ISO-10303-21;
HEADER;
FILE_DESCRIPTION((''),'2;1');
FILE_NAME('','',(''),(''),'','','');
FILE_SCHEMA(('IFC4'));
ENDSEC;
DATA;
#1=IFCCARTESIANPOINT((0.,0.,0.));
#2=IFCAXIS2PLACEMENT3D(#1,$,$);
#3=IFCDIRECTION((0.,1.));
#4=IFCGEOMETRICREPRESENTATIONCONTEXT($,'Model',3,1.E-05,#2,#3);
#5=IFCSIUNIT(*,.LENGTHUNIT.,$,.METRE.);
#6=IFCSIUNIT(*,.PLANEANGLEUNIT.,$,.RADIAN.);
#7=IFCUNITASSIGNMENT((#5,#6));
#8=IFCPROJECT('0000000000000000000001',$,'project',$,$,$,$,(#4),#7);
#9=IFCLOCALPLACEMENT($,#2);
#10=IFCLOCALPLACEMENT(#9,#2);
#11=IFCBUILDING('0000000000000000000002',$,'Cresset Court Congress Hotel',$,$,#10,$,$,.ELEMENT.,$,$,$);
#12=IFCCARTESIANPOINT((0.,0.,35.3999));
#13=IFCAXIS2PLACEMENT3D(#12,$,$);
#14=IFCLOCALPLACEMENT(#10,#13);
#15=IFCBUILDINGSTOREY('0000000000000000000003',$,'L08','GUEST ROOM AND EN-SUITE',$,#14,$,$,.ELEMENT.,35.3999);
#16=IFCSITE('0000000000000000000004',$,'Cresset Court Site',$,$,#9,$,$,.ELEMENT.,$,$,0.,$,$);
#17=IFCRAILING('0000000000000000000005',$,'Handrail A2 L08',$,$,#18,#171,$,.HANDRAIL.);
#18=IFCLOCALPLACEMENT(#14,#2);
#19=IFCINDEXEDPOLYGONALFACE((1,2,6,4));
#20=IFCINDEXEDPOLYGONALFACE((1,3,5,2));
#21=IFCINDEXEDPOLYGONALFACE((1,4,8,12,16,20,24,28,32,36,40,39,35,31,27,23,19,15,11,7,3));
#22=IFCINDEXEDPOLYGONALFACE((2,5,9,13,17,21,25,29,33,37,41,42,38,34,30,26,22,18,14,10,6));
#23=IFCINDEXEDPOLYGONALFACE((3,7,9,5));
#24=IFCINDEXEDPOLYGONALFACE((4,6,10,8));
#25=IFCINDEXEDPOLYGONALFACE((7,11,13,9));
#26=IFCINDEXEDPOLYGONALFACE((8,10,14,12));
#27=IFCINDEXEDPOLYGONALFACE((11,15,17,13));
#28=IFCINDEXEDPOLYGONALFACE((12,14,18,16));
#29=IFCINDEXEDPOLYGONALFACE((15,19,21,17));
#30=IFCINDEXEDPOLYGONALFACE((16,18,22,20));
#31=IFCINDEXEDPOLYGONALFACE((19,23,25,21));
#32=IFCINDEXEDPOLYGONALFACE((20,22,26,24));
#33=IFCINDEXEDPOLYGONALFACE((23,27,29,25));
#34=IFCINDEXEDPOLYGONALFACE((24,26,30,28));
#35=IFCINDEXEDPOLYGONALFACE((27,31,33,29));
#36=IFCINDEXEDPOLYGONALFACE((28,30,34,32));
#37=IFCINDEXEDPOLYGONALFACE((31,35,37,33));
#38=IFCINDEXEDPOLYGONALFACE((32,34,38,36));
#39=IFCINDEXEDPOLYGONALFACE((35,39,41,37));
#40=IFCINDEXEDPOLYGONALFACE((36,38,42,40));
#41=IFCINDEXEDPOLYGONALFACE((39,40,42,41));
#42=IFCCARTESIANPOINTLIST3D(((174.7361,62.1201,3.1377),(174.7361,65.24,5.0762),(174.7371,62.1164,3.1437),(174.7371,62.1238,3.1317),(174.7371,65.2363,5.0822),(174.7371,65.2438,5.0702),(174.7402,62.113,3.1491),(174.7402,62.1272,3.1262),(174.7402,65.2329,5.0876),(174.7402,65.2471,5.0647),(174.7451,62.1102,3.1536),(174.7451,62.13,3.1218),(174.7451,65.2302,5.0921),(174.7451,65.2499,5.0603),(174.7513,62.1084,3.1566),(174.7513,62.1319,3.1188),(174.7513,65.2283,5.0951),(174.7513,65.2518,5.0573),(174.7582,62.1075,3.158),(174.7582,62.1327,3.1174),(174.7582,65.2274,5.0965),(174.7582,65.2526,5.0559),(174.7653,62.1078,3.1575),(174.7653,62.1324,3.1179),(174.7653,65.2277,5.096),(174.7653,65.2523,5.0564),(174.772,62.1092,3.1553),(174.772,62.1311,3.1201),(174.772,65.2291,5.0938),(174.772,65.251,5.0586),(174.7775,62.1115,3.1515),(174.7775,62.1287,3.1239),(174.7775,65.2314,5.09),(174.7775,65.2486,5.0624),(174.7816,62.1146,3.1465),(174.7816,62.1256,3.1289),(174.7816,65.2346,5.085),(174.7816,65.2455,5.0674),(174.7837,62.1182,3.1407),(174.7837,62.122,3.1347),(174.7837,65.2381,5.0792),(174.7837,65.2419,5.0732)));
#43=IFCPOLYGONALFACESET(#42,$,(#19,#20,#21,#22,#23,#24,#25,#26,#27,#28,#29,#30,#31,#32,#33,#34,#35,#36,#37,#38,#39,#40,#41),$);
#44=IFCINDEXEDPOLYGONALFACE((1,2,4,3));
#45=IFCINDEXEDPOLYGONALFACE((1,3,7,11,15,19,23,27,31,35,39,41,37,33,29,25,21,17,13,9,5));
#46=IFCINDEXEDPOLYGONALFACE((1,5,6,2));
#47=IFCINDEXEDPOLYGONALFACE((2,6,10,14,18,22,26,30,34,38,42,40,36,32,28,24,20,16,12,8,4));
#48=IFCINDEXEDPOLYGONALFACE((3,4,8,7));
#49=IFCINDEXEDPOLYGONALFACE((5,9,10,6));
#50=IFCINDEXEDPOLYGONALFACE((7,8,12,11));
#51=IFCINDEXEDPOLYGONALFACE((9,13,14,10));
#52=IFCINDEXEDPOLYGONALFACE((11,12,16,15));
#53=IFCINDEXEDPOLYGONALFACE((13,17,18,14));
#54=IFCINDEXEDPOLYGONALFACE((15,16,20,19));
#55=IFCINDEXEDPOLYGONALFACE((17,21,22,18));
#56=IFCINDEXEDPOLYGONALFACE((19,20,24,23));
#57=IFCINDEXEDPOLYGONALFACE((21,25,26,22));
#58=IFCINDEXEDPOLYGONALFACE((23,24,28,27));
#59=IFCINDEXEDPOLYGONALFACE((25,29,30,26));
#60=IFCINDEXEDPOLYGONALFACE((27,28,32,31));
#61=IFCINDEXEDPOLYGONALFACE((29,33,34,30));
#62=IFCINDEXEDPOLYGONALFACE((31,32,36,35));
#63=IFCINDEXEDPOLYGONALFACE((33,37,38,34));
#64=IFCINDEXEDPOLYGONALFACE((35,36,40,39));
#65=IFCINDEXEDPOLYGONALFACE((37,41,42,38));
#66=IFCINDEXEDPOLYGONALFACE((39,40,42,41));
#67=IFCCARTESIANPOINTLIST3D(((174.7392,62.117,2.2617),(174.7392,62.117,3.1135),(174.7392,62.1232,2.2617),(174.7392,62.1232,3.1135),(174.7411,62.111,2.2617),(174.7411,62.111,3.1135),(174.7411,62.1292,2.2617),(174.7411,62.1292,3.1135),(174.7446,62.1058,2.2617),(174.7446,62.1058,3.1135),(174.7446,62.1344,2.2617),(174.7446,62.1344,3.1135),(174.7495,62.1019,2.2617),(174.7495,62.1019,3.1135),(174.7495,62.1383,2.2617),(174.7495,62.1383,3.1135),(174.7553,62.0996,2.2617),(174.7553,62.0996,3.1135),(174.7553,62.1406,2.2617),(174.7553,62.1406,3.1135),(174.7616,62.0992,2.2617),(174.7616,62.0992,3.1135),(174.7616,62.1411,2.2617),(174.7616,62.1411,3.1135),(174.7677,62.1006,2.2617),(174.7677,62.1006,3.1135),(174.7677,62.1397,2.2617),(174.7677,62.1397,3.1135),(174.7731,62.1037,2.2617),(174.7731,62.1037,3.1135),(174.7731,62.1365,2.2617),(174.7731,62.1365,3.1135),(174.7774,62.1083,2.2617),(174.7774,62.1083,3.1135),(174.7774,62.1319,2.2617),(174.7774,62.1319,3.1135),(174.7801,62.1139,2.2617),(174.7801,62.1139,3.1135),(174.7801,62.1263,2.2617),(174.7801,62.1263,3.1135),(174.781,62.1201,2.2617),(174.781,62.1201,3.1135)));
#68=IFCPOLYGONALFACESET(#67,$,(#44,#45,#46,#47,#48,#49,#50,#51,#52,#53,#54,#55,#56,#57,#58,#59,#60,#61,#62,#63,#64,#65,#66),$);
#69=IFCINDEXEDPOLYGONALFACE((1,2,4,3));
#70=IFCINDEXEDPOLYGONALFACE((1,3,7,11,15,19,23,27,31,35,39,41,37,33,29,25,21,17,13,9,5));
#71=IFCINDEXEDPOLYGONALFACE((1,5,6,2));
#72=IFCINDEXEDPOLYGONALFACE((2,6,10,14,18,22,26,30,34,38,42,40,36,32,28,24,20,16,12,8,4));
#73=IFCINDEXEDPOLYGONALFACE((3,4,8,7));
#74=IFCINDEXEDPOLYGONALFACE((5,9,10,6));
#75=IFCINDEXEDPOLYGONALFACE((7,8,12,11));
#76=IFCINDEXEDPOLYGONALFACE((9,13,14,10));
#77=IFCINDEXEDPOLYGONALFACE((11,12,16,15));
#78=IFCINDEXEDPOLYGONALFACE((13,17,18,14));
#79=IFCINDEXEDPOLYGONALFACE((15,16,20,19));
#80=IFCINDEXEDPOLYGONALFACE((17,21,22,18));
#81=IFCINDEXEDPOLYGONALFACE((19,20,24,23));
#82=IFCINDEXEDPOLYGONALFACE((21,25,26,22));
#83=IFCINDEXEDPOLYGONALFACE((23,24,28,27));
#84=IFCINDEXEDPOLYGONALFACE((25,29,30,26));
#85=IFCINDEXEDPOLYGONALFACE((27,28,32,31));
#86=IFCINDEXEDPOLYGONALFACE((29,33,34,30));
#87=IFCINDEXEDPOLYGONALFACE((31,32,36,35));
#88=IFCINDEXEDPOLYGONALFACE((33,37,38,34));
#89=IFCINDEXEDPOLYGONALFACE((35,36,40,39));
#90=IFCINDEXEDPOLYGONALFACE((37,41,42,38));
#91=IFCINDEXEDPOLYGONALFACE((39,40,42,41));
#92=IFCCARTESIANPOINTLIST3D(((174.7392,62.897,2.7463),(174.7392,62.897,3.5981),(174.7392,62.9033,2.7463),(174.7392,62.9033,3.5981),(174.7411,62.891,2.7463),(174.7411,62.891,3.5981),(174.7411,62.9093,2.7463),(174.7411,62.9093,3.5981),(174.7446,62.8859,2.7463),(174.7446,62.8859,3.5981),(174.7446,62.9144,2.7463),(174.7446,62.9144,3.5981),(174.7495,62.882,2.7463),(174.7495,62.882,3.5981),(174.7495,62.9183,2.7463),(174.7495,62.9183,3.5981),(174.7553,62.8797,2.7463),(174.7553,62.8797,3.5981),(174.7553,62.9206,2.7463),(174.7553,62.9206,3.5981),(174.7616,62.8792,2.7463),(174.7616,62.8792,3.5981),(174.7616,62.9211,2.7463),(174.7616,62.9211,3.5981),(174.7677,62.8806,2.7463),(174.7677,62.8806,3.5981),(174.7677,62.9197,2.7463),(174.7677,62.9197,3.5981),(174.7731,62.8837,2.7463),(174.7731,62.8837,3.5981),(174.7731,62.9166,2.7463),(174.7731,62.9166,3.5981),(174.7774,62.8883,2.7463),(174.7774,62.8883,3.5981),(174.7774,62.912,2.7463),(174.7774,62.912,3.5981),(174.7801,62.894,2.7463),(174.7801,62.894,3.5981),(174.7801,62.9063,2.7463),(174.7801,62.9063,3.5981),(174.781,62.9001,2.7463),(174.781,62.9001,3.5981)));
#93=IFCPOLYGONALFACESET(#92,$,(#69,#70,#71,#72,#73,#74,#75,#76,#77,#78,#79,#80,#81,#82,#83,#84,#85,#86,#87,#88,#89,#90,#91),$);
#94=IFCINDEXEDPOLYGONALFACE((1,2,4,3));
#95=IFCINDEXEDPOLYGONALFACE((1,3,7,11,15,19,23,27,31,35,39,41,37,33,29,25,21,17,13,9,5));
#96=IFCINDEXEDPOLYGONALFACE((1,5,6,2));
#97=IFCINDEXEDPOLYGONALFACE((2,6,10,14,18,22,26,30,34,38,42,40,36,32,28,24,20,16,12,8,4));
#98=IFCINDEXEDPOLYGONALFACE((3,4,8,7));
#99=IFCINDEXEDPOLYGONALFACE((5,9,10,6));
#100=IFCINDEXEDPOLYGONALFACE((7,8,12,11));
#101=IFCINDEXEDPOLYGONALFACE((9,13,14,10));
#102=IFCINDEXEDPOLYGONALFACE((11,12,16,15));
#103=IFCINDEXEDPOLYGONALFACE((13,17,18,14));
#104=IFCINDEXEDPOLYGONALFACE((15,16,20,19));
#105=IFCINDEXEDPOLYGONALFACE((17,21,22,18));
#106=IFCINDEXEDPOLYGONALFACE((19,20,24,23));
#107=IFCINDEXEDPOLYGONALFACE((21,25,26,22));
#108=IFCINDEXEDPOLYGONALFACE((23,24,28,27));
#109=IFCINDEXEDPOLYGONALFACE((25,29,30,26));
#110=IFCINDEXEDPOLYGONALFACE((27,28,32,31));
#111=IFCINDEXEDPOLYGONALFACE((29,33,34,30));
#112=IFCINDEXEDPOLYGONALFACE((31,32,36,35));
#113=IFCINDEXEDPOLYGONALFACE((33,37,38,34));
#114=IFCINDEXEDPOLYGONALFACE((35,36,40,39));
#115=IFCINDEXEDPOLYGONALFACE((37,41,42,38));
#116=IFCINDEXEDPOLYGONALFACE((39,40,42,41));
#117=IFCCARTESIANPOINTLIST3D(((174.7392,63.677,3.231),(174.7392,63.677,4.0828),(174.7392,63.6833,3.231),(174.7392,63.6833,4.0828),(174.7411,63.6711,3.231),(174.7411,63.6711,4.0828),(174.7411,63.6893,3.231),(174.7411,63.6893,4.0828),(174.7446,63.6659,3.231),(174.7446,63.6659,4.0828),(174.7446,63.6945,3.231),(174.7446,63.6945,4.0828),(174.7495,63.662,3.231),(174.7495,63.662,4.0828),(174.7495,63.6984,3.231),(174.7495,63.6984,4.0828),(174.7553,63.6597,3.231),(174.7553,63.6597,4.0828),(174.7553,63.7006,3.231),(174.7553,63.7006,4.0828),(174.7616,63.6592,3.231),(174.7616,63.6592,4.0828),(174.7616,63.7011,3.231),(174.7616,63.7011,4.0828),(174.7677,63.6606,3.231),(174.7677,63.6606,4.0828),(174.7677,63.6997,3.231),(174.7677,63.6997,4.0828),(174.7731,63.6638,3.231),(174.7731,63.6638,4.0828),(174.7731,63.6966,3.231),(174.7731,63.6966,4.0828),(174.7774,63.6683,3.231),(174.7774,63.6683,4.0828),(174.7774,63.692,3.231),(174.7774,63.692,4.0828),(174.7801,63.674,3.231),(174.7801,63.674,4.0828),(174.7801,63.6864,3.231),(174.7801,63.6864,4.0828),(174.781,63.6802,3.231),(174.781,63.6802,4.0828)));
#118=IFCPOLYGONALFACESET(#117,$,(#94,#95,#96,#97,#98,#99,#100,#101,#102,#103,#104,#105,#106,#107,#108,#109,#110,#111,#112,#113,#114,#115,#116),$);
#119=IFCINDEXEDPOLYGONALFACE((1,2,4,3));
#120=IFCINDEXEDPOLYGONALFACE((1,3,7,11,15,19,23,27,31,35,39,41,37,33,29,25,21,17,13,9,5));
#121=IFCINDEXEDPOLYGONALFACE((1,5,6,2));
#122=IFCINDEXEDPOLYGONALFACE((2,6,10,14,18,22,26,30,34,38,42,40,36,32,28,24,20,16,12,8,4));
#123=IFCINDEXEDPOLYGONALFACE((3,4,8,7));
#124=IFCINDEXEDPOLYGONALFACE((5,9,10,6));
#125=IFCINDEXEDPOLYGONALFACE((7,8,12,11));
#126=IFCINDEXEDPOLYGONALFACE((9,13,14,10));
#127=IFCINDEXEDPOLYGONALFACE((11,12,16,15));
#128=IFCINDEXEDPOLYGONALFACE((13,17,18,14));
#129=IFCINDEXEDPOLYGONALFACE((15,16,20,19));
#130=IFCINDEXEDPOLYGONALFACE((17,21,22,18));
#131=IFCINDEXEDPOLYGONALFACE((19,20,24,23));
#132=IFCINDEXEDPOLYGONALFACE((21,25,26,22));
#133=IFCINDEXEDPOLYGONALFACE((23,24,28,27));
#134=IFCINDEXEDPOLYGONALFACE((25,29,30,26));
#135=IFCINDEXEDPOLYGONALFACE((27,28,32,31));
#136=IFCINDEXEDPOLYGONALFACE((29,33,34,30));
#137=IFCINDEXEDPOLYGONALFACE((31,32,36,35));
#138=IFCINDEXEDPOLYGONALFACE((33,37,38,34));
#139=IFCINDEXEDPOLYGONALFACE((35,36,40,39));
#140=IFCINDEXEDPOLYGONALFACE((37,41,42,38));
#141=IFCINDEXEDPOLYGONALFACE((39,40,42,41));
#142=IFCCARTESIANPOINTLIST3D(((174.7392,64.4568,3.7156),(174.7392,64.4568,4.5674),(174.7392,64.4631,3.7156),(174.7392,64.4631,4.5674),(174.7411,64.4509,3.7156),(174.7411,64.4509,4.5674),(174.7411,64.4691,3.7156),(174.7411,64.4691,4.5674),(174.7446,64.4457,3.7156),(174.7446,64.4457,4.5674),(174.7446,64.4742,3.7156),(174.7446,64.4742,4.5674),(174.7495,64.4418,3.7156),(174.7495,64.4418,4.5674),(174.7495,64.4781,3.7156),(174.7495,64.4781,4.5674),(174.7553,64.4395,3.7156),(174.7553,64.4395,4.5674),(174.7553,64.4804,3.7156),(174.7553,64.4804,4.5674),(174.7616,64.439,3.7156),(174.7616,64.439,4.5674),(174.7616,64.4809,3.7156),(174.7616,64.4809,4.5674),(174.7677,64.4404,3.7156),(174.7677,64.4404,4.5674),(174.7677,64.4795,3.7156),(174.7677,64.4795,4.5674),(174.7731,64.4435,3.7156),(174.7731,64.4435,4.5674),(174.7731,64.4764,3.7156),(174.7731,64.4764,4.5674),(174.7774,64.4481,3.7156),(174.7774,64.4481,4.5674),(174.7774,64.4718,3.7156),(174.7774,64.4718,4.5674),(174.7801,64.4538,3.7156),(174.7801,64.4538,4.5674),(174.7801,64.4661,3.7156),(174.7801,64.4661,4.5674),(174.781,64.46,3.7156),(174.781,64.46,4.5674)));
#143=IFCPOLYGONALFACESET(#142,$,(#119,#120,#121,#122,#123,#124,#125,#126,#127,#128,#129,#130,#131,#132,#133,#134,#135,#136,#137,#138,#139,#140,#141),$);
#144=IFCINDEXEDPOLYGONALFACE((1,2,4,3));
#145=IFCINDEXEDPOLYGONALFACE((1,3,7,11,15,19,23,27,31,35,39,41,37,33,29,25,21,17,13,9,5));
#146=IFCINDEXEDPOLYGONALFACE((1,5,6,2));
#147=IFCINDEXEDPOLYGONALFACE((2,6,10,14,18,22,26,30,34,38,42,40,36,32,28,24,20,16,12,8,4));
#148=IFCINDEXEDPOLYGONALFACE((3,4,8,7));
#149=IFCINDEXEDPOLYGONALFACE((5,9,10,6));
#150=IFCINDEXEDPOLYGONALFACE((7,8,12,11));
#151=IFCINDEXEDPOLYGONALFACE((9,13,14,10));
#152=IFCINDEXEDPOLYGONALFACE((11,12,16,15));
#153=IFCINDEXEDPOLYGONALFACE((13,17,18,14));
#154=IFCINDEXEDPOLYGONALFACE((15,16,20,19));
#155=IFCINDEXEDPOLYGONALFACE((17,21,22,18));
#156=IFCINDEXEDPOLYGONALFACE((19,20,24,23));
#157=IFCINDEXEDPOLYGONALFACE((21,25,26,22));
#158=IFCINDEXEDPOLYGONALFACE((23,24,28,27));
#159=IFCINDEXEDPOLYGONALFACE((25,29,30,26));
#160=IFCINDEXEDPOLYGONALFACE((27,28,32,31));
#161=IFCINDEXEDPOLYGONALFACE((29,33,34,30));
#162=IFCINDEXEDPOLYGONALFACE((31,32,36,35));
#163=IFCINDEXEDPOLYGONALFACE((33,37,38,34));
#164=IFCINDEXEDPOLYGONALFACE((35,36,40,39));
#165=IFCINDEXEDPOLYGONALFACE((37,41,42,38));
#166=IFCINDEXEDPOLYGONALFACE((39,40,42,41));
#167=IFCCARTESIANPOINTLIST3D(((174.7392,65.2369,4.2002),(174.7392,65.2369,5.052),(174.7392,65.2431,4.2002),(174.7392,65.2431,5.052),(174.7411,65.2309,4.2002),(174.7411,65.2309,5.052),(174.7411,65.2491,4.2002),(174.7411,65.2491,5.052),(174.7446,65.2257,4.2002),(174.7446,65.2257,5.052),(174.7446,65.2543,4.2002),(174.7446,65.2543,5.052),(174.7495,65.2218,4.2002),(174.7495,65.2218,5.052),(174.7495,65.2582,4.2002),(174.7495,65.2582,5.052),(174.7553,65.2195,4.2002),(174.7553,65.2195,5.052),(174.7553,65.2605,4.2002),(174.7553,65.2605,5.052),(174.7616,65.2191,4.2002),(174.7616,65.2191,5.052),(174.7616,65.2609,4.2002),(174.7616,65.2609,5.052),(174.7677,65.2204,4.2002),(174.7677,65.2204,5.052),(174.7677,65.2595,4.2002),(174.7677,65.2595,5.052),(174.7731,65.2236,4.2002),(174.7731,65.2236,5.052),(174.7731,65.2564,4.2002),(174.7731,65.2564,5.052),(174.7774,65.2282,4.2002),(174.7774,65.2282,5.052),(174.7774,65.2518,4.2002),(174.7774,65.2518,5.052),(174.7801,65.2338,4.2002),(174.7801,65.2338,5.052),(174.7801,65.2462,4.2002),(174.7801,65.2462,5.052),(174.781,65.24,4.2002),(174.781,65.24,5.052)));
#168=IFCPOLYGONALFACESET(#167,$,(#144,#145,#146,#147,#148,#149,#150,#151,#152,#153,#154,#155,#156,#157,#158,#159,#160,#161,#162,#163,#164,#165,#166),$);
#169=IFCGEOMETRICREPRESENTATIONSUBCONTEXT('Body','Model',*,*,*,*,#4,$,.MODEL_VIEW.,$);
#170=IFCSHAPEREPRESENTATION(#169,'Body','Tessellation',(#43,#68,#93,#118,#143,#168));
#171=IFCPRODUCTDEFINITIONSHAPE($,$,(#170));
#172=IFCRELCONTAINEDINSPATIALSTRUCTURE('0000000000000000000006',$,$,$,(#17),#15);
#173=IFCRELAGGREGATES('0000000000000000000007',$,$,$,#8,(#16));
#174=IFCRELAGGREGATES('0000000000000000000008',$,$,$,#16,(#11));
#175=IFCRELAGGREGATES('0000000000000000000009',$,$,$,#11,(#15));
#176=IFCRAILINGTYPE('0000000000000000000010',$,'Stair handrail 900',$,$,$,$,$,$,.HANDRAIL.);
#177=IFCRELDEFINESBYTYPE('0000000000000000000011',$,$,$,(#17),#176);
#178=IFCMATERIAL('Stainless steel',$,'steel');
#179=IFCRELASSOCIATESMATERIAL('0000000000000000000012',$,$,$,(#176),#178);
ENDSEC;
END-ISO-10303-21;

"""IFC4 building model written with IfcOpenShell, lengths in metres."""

from ifc_helpers import new_model, si_unit, direction, frame, origin, origin_2d, place, context, subcontext, project, spatial, circle, extrude, material, type_object, element, save


model = new_model("IFC4")

# Units and contexts
model_context = context("Model", 3, precision=1e-05, world=origin(), true_north=direction((0.0, 1.0)))
body_context = subcontext(model_context, "Body", "Model", "MODEL_VIEW")
ifc_project = project(units=[si_unit("LENGTHUNIT", "METRE"), si_unit("PLANEANGLEUNIT", "RADIAN")], contexts=[model_context])

# Site, building, storey
site_placement = place(None, origin())
site = spatial("IfcSite", under=ifc_project, at=site_placement, Name="Cresset Court Site", CompositionType="ELEMENT", RefElevation=0.0)
building_placement = place(site_placement, origin())
building = spatial("IfcBuilding", under=site, at=building_placement, Name="Cresset Court Congress Hotel", CompositionType="ELEMENT")
storey_placement = place(building_placement, frame((0.0, 0.0, 35.3999)))
storey = spatial("IfcBuildingStorey", under=building, at=storey_placement, Name="L08", Description="GUEST ROOM AND EN-SUITE", CompositionType="ELEMENT", Elevation=35.3999)

# Railing
ifc_material_1 = material(Name="Stainless steel", Category="steel")
railing_type_1 = type_object("IfcRailingType", Name="Stair handrail 900", PredefinedType="HANDRAIL", material=ifc_material_1)
for number, where, name in (
    (1, (174.76, 62.1201, 2.2617), "Handrail A2 L08"),
):
    element("IfcRailing", number, at=place(storey_placement, frame(where)), inside=storey, type_object=railing_type_1, Name=name, PredefinedType="HANDRAIL", context=body_context, shape_type="SweptSolid", body=[
        extrude(circle(Radius=0.0239, at=origin_2d()), frame((0.0, 0.0, 0.876), z_axis=(0.0, 0.849396, 0.527757), x_axis=(-1.0, 0.0, 0.0)), (0.0, 0.0, 1.0), 3.6731),
        extrude(circle(Radius=0.021, at=origin_2d()), origin(), (0.0, 0.0, 1.0), 0.8518),
        extrude(circle(Radius=0.021, at=origin_2d()), frame((0.0, 0.78, 0.4846)), (0.0, 0.0, 1.0), 0.8518),
        extrude(circle(Radius=0.021, at=origin_2d()), frame((0.0, 1.5601, 0.9692)), (0.0, 0.0, 1.0), 0.8518),
        extrude(circle(Radius=0.021, at=origin_2d()), frame((0.0, 2.3398, 1.4539)), (0.0, 0.0, 1.0), 0.8518),
        extrude(circle(Radius=0.021, at=origin_2d()), frame((0.0, 3.1199, 1.9385)), (0.0, 0.0, 1.0), 0.8518),
    ])

save(model, "model.ifc")
